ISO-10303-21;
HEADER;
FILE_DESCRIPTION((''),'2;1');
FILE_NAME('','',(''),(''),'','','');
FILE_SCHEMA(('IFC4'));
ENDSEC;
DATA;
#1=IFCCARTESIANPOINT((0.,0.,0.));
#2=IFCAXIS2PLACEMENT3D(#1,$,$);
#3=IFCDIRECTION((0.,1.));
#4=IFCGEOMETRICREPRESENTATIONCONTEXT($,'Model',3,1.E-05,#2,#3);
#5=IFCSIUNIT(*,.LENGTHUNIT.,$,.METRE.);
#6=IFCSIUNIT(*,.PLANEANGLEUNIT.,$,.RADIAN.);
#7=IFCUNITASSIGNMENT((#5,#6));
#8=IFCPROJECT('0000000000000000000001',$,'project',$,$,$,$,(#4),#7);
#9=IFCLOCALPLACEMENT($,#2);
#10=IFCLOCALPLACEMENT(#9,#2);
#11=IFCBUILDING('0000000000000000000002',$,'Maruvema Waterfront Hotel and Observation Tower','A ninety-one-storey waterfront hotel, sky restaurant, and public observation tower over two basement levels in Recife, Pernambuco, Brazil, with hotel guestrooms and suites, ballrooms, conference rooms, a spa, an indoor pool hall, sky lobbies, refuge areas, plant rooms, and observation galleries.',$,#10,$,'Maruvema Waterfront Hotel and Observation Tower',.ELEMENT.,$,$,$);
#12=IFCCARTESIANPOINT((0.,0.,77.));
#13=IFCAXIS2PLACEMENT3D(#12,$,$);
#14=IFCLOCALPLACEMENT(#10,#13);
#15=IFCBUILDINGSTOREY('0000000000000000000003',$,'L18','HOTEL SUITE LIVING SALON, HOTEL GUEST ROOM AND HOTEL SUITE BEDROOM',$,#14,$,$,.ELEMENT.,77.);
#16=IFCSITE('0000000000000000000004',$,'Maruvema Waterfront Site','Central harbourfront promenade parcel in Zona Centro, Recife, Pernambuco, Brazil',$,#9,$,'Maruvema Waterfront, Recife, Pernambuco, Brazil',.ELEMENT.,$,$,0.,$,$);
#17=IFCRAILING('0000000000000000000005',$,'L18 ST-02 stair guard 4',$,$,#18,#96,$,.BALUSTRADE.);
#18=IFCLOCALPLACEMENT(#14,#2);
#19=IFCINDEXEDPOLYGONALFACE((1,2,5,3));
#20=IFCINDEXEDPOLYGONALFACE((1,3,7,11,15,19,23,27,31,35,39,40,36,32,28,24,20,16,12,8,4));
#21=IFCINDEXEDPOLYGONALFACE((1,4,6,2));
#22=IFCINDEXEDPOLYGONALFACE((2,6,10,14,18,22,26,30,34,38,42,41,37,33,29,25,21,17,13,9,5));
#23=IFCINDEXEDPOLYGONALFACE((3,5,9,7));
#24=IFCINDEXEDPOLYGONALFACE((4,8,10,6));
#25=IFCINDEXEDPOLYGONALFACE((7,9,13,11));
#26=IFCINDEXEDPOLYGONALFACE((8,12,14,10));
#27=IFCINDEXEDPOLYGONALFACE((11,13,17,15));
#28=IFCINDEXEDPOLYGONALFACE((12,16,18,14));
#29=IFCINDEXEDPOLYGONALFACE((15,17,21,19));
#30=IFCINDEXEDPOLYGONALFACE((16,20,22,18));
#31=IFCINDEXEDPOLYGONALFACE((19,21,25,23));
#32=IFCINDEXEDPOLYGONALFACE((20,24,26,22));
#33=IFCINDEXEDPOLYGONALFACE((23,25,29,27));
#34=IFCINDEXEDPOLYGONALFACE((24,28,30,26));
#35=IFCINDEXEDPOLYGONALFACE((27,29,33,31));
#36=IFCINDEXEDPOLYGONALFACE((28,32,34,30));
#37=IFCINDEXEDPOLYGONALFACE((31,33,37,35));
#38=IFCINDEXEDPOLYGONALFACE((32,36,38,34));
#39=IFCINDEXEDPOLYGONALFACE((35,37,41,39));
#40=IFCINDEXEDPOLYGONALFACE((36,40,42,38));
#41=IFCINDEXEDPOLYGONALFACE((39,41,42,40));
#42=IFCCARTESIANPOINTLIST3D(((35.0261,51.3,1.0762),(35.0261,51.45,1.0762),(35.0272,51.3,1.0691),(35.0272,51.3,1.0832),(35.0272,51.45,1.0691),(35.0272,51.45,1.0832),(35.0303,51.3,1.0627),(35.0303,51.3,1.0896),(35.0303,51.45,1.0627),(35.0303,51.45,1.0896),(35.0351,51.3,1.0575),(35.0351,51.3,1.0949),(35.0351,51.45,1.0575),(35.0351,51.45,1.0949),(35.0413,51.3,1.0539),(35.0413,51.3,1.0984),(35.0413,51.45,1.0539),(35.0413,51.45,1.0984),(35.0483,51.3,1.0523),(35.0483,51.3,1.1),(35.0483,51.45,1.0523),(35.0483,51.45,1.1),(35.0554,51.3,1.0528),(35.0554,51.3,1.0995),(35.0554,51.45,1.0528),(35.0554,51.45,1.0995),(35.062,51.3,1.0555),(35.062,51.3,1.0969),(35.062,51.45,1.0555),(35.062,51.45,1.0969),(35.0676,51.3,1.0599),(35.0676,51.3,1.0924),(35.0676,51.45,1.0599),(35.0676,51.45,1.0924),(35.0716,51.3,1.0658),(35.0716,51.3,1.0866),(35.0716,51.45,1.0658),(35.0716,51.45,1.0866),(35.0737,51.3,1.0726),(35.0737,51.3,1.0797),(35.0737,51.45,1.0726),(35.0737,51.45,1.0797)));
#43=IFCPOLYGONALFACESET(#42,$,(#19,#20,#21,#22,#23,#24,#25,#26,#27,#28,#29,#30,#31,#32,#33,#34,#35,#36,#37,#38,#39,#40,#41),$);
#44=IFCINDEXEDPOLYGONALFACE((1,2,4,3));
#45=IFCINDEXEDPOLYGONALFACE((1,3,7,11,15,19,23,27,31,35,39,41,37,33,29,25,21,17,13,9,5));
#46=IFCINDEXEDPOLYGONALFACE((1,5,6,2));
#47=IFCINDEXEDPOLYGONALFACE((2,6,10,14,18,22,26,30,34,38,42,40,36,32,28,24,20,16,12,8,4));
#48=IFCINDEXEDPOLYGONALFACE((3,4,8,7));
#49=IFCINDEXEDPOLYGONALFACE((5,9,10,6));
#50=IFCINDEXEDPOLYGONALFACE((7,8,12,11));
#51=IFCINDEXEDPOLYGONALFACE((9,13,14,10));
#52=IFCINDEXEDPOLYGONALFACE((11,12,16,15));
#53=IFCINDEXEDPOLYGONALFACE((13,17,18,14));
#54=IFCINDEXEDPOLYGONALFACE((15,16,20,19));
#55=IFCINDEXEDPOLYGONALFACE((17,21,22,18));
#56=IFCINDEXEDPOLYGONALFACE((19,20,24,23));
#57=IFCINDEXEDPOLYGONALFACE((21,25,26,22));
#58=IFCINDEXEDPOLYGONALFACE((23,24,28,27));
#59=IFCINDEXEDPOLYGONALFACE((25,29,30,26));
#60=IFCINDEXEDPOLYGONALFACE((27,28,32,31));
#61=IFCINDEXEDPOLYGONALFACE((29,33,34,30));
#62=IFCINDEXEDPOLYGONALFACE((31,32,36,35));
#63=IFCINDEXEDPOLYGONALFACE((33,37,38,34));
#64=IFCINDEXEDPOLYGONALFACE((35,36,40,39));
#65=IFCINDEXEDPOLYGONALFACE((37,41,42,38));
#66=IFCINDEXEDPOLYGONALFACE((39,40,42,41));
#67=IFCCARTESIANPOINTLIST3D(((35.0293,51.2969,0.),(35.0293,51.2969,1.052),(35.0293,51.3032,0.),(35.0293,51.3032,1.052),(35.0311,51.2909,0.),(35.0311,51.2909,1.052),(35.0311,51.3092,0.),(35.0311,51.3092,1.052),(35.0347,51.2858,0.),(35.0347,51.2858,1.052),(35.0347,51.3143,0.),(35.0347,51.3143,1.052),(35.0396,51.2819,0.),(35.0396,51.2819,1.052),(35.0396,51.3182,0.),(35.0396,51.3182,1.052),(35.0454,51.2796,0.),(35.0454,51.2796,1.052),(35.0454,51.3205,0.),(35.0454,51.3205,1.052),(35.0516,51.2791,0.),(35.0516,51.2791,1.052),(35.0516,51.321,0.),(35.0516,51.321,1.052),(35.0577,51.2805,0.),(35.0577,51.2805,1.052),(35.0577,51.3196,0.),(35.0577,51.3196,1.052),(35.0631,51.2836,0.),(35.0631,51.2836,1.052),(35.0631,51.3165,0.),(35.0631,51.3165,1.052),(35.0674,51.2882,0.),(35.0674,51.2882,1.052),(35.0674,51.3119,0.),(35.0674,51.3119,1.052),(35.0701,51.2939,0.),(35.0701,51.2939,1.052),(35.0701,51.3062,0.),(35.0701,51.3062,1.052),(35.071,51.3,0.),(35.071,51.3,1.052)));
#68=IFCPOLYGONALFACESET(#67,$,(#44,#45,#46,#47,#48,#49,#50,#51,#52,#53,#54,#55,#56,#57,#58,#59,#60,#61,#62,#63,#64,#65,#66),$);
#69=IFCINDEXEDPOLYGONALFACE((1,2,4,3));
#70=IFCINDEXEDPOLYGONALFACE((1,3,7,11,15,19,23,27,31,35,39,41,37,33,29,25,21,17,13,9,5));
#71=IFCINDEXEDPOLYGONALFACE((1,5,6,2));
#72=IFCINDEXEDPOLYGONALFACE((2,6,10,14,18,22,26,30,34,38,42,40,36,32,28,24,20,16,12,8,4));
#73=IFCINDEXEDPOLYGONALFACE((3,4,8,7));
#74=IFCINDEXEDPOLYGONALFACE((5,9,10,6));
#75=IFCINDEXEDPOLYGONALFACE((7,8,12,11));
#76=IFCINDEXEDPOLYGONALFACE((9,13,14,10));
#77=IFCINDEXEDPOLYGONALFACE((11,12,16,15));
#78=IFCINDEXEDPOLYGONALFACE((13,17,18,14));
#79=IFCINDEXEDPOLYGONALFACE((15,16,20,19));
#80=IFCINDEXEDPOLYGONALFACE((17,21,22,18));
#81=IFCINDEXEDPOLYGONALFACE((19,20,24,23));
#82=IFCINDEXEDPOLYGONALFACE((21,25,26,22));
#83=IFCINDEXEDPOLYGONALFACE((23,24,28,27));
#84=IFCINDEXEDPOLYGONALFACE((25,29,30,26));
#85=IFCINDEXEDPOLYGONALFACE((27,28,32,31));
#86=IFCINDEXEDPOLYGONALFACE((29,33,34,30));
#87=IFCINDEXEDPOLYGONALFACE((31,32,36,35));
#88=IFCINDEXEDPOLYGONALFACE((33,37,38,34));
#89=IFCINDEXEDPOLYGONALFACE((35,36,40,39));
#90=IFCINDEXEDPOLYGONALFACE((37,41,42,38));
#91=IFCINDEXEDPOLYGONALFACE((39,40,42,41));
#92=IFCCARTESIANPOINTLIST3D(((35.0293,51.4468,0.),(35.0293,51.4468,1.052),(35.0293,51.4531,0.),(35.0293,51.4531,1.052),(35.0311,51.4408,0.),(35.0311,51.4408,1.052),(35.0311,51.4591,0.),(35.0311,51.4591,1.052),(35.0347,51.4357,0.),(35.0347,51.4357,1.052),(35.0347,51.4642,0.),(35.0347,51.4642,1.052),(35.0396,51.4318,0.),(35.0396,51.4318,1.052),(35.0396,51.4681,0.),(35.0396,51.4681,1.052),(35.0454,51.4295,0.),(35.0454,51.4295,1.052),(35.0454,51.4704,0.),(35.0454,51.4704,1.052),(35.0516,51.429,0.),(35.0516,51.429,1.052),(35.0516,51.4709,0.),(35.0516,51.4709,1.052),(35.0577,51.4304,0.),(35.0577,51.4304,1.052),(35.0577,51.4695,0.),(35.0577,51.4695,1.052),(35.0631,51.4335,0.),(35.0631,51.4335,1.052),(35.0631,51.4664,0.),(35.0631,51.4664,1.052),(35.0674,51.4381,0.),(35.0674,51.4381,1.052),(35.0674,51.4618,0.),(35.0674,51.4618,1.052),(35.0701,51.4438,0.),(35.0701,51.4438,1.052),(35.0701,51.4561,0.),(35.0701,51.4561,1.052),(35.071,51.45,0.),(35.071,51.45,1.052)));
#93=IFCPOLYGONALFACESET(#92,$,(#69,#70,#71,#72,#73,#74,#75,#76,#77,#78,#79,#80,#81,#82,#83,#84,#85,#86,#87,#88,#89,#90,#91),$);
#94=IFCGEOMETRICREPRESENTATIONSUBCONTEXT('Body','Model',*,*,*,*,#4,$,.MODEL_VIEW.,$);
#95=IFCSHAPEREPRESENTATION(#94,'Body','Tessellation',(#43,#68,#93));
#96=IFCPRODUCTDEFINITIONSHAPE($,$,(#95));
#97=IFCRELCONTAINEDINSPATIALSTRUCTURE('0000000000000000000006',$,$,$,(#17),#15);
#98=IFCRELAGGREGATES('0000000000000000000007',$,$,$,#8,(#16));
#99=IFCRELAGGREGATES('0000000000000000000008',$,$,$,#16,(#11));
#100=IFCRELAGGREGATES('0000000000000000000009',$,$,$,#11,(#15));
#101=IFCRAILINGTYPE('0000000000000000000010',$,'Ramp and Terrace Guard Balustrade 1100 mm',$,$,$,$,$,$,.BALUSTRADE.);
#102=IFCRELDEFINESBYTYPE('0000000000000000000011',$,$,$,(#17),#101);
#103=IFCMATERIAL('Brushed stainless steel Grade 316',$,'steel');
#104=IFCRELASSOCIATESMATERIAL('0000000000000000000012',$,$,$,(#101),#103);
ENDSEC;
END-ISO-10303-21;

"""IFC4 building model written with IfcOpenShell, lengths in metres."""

from ifc_helpers import new_model, si_unit, direction, frame, origin, origin_2d, place, context, subcontext, project, spatial, circle, extrude, material, type_object, element, save


model = new_model("IFC4")

# Units and contexts
model_context = context("Model", 3, precision=1e-05, world=origin(), true_north=direction((0.0, 1.0)))
body_context = subcontext(model_context, "Body", "Model", "MODEL_VIEW")
ifc_project = project(units=[si_unit("LENGTHUNIT", "METRE"), si_unit("PLANEANGLEUNIT", "RADIAN")], contexts=[model_context])

# Site, building, storey
site_placement = place(None, origin())
site = spatial("IfcSite", under=ifc_project, at=site_placement, Name="Maruvema Waterfront Site", Description="Central harbourfront promenade parcel in Zona Centro, Recife, Pernambuco, Brazil", LongName="Maruvema Waterfront, Recife, Pernambuco, Brazil", CompositionType="ELEMENT", RefElevation=0.0)
building_placement = place(site_placement, origin())
building = spatial("IfcBuilding", under=site, at=building_placement, Name="Maruvema Waterfront Hotel and Observation Tower", Description="A ninety-one-storey waterfront hotel, sky restaurant, and public observation tower over two basement levels in Recife, Pernambuco, Brazil, with hotel guestrooms and suites, ballrooms, conference rooms, a spa, an indoor pool hall, sky lobbies, refuge areas, plant rooms, and observation galleries.", LongName="Maruvema Waterfront Hotel and Observation Tower", CompositionType="ELEMENT")
storey_placement = place(building_placement, frame((0.0, 0.0, 77.0)))
storey = spatial("IfcBuildingStorey", under=building, at=storey_placement, Name="L18", Description="HOTEL SUITE LIVING SALON, HOTEL GUEST ROOM AND HOTEL SUITE BEDROOM", CompositionType="ELEMENT", Elevation=77.0)

# Railing
ifc_material_1 = material(Name="Brushed stainless steel Grade 316", Category="steel")
railing_type = type_object("IfcRailingType", Name="Ramp and Terrace Guard Balustrade 1100 mm", PredefinedType="BALUSTRADE", material=ifc_material_1)
railing_placement = place(storey_placement, frame((35.05, 51.3, 0.0)))
element("IfcRailing", 1, at=railing_placement, inside=storey, type_object=railing_type, Name="L18 ST-02 stair guard 4", PredefinedType="BALUSTRADE", context=body_context, shape_type="SweptSolid", body=[
    extrude(circle(Radius=0.0239, at=origin_2d()), frame((0.0, 0.0, 1.0762), z_axis=(0.0, 1.0, 0.0), x_axis=(-1.0, 0.0, 0.0)), (0.0, 0.0, 1.0), 0.1499),
    extrude(circle(Radius=0.021, at=origin_2d()), origin(), (0.0, 0.0, 1.0), 1.052),
    extrude(circle(Radius=0.021, at=origin_2d()), frame((0.0, 0.1499, 0.0)), (0.0, 0.0, 1.0), 1.052),
])

save(model, "model.ifc")
